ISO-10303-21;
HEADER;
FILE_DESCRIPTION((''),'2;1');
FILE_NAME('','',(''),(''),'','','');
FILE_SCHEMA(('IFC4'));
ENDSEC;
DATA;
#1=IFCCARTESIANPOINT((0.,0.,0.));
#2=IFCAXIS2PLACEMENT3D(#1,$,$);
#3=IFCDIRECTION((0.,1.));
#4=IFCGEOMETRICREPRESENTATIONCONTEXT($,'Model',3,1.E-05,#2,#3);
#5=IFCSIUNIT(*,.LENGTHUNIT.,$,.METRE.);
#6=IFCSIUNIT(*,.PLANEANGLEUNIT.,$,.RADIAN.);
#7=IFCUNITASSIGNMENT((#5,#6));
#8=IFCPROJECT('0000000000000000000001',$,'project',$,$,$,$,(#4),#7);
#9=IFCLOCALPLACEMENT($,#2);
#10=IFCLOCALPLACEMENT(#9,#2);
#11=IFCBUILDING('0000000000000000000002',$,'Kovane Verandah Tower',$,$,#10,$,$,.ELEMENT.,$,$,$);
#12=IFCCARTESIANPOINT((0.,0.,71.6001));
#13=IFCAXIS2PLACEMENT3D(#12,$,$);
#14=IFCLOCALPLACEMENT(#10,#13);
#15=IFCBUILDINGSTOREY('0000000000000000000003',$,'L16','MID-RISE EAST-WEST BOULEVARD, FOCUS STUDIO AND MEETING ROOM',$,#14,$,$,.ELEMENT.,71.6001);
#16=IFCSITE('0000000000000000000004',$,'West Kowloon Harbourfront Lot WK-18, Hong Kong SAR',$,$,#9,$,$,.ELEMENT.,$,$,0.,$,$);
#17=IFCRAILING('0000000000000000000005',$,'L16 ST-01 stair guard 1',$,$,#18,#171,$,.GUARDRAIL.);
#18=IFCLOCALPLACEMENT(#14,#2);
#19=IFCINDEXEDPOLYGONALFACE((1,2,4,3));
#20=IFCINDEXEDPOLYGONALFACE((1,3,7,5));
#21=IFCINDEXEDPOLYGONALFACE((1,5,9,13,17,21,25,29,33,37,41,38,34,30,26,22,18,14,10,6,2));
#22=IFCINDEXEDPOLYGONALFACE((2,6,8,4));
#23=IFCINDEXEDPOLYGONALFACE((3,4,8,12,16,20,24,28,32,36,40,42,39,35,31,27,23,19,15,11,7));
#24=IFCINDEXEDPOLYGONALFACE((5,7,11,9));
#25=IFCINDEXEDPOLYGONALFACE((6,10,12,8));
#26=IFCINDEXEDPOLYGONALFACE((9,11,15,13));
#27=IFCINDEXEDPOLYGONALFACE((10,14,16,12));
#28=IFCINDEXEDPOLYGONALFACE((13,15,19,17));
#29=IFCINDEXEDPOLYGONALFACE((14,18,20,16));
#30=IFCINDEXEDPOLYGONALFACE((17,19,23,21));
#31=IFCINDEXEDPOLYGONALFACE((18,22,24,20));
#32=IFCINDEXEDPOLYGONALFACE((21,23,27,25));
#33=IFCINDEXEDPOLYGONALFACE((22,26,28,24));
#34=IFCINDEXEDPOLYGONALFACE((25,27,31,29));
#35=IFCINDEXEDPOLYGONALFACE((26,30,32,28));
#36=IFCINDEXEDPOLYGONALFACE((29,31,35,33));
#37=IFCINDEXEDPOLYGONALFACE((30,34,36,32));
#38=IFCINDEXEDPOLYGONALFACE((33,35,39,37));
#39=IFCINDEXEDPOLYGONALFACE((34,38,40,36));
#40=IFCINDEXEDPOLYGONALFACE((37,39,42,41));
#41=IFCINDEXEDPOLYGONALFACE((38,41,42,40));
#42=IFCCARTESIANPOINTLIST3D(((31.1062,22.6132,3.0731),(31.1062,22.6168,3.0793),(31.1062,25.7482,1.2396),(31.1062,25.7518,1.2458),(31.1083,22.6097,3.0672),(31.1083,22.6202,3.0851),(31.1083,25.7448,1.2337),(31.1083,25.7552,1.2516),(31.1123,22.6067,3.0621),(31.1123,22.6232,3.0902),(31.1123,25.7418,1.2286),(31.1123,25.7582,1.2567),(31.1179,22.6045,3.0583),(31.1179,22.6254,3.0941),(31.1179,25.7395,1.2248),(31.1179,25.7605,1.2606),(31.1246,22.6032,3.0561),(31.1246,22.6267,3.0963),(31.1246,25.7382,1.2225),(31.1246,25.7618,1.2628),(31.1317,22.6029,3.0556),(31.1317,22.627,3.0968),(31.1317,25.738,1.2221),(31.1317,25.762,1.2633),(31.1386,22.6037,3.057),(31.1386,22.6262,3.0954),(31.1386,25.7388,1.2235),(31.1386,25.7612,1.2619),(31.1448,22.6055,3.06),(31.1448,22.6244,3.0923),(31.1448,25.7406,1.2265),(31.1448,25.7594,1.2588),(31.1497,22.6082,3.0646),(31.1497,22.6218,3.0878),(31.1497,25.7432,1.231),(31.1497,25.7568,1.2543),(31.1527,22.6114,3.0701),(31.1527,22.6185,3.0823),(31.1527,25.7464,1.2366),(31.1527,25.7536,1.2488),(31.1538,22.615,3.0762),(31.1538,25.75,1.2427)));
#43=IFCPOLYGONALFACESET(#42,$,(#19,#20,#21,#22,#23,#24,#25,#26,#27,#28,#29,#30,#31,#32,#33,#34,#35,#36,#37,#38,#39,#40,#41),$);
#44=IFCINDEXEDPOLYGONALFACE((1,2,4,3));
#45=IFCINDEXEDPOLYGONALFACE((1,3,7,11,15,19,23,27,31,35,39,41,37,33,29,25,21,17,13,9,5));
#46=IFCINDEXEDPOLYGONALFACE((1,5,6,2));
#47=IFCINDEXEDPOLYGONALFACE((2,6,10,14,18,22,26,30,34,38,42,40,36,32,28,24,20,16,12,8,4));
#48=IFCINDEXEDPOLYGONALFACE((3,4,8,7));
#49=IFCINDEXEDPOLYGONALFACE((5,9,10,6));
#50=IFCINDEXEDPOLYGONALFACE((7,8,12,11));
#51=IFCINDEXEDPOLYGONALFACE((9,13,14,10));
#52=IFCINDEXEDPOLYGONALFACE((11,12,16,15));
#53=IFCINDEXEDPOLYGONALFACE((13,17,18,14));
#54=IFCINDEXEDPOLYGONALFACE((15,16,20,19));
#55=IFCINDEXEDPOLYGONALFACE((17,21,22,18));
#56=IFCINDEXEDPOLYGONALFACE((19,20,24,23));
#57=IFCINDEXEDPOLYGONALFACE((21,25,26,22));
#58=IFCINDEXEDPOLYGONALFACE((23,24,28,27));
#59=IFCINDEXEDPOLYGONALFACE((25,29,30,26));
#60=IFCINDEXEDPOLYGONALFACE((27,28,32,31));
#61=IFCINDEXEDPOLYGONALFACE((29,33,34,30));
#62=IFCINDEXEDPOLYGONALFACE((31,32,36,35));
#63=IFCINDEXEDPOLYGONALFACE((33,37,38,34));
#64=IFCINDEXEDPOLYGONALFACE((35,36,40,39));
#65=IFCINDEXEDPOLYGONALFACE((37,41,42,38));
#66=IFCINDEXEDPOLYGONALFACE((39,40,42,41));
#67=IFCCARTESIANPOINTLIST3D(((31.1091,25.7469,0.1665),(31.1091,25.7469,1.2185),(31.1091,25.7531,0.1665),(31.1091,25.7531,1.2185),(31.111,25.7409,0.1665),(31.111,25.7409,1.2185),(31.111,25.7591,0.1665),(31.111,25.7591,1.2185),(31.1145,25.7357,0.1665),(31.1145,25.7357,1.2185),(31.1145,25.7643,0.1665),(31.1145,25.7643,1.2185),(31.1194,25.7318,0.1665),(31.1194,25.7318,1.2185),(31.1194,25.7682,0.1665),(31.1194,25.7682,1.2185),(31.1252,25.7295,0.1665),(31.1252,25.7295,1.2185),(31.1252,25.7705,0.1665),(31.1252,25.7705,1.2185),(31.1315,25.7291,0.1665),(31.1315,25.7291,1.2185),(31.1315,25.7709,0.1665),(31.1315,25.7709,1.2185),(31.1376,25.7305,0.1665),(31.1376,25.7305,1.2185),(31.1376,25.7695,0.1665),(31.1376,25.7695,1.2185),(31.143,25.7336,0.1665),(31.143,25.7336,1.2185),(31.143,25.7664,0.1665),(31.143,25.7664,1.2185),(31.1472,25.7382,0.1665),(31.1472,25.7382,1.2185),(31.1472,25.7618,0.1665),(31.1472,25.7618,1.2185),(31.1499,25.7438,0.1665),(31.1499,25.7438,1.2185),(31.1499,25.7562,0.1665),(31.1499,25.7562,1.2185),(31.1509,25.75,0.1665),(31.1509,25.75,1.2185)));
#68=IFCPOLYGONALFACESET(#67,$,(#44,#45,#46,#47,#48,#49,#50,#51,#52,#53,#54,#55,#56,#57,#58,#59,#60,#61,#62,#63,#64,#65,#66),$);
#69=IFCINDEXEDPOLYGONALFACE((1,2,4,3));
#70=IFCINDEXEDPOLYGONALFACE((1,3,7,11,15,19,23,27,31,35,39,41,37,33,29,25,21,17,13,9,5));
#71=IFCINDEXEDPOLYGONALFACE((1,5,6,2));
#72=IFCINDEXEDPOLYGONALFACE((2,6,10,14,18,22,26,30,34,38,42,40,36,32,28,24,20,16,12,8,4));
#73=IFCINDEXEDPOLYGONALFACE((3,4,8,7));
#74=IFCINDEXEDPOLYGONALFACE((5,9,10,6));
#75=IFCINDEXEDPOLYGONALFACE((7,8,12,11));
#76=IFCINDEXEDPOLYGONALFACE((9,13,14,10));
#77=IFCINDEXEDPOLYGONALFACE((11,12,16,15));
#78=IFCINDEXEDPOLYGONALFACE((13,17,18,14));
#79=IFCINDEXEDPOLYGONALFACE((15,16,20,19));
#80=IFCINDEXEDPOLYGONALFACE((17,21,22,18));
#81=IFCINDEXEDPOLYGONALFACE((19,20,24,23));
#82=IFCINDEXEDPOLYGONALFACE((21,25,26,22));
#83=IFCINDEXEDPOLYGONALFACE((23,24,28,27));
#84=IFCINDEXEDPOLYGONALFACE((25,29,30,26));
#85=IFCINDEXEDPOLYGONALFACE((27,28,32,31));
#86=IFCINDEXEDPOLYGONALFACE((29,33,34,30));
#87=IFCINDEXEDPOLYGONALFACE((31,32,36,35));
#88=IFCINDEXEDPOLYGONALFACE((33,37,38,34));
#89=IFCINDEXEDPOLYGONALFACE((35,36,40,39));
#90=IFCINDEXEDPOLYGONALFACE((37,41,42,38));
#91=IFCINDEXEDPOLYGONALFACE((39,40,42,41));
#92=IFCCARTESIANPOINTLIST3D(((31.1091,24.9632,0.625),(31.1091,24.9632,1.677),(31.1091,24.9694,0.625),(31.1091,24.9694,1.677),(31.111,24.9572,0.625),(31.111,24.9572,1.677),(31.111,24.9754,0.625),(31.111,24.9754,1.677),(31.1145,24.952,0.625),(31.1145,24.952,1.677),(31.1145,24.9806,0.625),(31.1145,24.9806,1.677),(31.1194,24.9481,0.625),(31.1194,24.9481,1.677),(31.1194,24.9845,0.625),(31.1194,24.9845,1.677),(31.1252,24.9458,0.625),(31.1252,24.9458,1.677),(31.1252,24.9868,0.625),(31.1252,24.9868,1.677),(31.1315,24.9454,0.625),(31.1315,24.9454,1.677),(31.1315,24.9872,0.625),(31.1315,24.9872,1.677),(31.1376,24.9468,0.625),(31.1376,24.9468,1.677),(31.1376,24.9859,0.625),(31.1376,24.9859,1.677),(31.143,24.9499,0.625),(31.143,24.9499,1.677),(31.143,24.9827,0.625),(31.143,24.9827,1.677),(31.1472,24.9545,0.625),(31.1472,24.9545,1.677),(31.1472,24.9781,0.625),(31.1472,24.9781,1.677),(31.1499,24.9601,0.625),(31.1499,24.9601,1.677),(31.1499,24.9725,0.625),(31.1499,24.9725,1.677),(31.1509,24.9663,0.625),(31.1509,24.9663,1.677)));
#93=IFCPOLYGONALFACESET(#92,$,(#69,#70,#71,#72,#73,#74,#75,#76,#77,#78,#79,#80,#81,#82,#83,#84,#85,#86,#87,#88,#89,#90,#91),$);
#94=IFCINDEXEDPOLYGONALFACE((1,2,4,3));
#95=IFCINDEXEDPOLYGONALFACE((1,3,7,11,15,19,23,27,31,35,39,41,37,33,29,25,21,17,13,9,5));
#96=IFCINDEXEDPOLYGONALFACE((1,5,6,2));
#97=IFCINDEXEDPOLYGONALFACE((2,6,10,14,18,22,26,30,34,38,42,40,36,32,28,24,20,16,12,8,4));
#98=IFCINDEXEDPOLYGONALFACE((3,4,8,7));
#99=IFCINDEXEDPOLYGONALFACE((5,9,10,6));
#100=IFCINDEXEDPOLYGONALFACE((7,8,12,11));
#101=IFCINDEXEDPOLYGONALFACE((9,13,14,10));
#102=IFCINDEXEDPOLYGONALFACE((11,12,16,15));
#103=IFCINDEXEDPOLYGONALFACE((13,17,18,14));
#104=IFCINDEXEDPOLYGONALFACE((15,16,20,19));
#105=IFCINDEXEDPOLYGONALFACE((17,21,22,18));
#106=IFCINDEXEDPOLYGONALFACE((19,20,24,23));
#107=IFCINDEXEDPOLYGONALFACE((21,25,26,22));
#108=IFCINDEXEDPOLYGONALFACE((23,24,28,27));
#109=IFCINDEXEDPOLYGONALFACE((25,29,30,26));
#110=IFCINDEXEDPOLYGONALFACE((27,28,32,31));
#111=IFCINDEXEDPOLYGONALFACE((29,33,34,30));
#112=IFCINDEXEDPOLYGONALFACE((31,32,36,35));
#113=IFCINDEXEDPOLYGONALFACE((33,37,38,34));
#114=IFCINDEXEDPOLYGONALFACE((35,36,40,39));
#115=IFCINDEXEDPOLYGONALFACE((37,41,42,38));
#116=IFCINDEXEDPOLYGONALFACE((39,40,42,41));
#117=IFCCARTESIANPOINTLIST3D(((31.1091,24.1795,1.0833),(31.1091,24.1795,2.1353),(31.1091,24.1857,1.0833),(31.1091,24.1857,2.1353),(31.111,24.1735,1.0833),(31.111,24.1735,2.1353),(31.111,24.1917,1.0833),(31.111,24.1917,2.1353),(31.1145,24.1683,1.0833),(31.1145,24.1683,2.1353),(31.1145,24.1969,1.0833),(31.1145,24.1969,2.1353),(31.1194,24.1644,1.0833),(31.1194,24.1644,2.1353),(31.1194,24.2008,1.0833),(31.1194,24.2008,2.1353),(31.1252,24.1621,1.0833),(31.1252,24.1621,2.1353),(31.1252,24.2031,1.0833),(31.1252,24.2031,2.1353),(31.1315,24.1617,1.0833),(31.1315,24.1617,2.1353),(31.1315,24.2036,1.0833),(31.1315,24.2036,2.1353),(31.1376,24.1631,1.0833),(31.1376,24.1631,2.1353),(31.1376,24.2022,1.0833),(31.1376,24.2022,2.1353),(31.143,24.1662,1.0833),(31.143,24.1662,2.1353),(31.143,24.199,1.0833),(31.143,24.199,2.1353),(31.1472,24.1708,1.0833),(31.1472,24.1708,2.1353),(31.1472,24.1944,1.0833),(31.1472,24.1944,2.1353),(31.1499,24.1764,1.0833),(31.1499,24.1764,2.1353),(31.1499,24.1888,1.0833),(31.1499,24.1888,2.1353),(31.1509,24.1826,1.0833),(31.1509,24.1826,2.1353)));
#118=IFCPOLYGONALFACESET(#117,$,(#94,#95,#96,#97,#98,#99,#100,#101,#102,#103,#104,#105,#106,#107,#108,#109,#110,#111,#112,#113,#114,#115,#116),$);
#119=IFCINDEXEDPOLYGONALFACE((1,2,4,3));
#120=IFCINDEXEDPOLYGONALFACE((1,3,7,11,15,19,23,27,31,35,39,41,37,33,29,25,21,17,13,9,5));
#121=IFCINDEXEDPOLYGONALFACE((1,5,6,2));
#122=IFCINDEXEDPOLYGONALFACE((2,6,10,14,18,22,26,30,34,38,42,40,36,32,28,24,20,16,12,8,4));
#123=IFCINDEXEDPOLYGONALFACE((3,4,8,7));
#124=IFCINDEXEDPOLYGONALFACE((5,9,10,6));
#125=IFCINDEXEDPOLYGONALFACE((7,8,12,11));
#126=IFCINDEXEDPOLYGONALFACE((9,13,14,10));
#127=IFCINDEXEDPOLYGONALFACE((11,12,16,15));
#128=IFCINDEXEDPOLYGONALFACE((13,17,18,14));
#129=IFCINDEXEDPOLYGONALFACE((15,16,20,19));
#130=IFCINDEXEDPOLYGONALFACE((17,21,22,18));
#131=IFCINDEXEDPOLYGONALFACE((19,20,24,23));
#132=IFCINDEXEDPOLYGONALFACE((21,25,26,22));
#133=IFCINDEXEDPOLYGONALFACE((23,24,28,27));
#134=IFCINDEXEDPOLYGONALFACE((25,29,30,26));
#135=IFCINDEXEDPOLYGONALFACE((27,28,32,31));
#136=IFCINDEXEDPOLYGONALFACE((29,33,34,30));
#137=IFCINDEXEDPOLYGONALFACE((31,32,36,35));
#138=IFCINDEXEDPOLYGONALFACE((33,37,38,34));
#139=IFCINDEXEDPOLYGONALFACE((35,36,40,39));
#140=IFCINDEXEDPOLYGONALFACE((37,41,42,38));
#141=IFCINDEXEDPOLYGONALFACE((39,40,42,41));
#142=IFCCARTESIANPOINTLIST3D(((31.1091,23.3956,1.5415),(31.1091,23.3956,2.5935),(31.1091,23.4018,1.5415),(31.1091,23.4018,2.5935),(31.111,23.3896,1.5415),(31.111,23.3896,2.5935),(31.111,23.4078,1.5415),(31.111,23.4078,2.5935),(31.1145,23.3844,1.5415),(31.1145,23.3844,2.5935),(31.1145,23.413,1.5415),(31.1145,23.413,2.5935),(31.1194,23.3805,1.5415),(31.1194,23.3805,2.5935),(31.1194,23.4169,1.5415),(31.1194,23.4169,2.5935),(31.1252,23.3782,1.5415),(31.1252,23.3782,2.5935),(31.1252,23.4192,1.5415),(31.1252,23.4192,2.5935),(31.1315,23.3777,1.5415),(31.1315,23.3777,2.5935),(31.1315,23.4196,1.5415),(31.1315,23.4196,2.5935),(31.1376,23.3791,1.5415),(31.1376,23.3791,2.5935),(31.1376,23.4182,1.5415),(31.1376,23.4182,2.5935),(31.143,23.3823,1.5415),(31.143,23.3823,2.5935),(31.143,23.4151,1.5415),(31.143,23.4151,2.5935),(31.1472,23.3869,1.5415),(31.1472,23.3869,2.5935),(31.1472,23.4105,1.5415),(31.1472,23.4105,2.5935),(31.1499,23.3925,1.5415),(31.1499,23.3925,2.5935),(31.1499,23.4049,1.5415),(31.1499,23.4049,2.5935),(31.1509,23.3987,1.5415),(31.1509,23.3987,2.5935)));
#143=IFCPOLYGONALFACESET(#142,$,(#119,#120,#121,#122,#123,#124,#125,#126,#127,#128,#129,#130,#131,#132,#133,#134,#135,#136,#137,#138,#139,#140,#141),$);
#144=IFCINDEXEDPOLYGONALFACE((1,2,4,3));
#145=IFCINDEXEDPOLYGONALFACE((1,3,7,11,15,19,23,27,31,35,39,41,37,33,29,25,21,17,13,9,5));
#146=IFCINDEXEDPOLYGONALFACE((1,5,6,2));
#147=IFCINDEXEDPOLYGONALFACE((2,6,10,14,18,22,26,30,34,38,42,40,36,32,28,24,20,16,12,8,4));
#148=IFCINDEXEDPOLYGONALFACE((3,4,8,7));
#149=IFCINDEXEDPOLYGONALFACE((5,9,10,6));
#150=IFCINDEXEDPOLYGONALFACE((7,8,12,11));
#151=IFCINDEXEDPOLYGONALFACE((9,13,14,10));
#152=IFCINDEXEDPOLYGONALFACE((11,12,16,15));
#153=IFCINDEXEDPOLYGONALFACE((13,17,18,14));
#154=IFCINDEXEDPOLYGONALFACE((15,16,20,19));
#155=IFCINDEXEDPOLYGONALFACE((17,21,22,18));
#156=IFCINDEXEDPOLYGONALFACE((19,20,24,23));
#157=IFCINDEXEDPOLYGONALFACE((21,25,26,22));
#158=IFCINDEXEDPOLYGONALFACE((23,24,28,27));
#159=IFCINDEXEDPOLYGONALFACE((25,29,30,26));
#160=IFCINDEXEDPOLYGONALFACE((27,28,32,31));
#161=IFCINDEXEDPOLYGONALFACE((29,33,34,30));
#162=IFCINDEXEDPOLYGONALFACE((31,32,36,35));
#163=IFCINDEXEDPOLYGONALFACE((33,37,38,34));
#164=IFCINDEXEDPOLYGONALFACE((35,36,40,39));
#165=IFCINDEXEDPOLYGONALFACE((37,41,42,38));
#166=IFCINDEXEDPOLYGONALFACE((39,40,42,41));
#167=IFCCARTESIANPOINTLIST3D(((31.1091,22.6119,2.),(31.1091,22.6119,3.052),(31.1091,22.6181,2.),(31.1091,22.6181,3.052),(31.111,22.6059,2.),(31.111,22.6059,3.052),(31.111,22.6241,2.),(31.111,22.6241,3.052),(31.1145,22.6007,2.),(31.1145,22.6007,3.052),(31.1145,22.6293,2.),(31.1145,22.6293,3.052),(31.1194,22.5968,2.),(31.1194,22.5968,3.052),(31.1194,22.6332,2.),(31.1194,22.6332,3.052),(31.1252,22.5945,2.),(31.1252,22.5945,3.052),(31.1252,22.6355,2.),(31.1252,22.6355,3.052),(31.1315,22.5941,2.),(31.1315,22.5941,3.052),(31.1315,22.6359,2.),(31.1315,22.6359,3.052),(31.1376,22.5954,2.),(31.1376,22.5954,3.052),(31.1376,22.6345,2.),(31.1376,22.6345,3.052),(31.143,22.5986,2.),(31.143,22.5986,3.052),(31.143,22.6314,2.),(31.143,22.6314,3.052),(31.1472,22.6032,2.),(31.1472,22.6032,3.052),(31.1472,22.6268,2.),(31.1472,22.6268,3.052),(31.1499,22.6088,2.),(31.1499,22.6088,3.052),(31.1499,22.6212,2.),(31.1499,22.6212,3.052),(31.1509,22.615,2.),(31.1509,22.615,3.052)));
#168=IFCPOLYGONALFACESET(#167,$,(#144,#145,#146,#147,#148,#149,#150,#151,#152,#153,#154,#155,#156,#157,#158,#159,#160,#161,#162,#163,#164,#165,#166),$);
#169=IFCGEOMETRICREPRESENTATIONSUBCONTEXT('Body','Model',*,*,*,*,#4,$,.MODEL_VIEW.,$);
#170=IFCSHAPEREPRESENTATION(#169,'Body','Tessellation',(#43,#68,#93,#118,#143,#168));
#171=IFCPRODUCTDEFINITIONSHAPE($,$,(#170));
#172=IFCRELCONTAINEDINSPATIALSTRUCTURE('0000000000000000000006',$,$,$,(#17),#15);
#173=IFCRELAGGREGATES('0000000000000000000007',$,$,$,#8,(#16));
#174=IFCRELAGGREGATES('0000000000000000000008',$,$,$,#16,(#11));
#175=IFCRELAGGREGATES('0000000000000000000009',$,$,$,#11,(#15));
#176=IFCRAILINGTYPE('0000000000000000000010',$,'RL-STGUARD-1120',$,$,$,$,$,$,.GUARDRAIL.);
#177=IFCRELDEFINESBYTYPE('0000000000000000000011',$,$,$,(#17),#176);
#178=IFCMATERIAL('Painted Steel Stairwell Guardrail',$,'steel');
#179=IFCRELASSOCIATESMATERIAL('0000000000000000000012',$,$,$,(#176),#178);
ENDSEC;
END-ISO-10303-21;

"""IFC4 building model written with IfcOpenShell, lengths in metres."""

from ifc_helpers import new_model, si_unit, direction, frame, origin, origin_2d, place, context, subcontext, project, spatial, circle, extrude, material, type_object, element, save


model = new_model("IFC4")

# Units and contexts
model_context = context("Model", 3, precision=1e-05, world=origin(), true_north=direction((0.0, 1.0)))
body_context = subcontext(model_context, "Body", "Model", "MODEL_VIEW")
ifc_project = project(units=[si_unit("LENGTHUNIT", "METRE"), si_unit("PLANEANGLEUNIT", "RADIAN")], contexts=[model_context])

# Site, building, storey
site_placement = place(None, origin())
site = spatial("IfcSite", under=ifc_project, at=site_placement, Name="West Kowloon Harbourfront Lot WK-18, Hong Kong SAR", CompositionType="ELEMENT", RefElevation=0.0)
building_placement = place(site_placement, origin())
building = spatial("IfcBuilding", under=site, at=building_placement, Name="Kovane Verandah Tower", CompositionType="ELEMENT")
storey_placement = place(building_placement, frame((0.0, 0.0, 71.6001)))
storey = spatial("IfcBuildingStorey", under=building, at=storey_placement, Name="L16", Description="MID-RISE EAST-WEST BOULEVARD, FOCUS STUDIO AND MEETING ROOM", CompositionType="ELEMENT", Elevation=71.6001)

# Railing
ifc_material_1 = material(Name="Painted Steel Stairwell Guardrail", Category="steel")
railing_type_1 = type_object("IfcRailingType", Name="RL-STGUARD-1120", PredefinedType="GUARDRAIL", material=ifc_material_1)
railing_1_placement = place(storey_placement, frame((31.1299, 25.75, 0.1665)))
element("IfcRailing", 1, at=railing_1_placement, inside=storey, type_object=railing_type_1, Name="L16 ST-01 stair guard 1", PredefinedType="GUARDRAIL", context=body_context, shape_type="SweptSolid", body=[
    extrude(circle(Radius=0.0239, at=origin_2d()), frame((0.0, 0.0, 1.0762), z_axis=(0.0, -0.86321, 0.504845), x_axis=(1.0, 0.0, 0.0)), (0.0, 0.0, 1.0), 3.6318),
    extrude(circle(Radius=0.021, at=origin_2d()), origin(), (0.0, 0.0, 1.0), 1.052),
    extrude(circle(Radius=0.021, at=origin_2d()), frame((0.0, -0.7837, 0.4585)), (0.0, 0.0, 1.0), 1.052),
    extrude(circle(Radius=0.021, at=origin_2d()), frame((0.0, -1.5674, 0.9167)), (0.0, 0.0, 1.0), 1.052),
    extrude(circle(Radius=0.021, at=origin_2d()), frame((0.0, -2.3513, 1.375)), (0.0, 0.0, 1.0), 1.052),
    extrude(circle(Radius=0.021, at=origin_2d()), frame((0.0, -3.135, 1.8335)), (0.0, 0.0, 1.0), 1.052),
])

save(model, "model.ifc")
